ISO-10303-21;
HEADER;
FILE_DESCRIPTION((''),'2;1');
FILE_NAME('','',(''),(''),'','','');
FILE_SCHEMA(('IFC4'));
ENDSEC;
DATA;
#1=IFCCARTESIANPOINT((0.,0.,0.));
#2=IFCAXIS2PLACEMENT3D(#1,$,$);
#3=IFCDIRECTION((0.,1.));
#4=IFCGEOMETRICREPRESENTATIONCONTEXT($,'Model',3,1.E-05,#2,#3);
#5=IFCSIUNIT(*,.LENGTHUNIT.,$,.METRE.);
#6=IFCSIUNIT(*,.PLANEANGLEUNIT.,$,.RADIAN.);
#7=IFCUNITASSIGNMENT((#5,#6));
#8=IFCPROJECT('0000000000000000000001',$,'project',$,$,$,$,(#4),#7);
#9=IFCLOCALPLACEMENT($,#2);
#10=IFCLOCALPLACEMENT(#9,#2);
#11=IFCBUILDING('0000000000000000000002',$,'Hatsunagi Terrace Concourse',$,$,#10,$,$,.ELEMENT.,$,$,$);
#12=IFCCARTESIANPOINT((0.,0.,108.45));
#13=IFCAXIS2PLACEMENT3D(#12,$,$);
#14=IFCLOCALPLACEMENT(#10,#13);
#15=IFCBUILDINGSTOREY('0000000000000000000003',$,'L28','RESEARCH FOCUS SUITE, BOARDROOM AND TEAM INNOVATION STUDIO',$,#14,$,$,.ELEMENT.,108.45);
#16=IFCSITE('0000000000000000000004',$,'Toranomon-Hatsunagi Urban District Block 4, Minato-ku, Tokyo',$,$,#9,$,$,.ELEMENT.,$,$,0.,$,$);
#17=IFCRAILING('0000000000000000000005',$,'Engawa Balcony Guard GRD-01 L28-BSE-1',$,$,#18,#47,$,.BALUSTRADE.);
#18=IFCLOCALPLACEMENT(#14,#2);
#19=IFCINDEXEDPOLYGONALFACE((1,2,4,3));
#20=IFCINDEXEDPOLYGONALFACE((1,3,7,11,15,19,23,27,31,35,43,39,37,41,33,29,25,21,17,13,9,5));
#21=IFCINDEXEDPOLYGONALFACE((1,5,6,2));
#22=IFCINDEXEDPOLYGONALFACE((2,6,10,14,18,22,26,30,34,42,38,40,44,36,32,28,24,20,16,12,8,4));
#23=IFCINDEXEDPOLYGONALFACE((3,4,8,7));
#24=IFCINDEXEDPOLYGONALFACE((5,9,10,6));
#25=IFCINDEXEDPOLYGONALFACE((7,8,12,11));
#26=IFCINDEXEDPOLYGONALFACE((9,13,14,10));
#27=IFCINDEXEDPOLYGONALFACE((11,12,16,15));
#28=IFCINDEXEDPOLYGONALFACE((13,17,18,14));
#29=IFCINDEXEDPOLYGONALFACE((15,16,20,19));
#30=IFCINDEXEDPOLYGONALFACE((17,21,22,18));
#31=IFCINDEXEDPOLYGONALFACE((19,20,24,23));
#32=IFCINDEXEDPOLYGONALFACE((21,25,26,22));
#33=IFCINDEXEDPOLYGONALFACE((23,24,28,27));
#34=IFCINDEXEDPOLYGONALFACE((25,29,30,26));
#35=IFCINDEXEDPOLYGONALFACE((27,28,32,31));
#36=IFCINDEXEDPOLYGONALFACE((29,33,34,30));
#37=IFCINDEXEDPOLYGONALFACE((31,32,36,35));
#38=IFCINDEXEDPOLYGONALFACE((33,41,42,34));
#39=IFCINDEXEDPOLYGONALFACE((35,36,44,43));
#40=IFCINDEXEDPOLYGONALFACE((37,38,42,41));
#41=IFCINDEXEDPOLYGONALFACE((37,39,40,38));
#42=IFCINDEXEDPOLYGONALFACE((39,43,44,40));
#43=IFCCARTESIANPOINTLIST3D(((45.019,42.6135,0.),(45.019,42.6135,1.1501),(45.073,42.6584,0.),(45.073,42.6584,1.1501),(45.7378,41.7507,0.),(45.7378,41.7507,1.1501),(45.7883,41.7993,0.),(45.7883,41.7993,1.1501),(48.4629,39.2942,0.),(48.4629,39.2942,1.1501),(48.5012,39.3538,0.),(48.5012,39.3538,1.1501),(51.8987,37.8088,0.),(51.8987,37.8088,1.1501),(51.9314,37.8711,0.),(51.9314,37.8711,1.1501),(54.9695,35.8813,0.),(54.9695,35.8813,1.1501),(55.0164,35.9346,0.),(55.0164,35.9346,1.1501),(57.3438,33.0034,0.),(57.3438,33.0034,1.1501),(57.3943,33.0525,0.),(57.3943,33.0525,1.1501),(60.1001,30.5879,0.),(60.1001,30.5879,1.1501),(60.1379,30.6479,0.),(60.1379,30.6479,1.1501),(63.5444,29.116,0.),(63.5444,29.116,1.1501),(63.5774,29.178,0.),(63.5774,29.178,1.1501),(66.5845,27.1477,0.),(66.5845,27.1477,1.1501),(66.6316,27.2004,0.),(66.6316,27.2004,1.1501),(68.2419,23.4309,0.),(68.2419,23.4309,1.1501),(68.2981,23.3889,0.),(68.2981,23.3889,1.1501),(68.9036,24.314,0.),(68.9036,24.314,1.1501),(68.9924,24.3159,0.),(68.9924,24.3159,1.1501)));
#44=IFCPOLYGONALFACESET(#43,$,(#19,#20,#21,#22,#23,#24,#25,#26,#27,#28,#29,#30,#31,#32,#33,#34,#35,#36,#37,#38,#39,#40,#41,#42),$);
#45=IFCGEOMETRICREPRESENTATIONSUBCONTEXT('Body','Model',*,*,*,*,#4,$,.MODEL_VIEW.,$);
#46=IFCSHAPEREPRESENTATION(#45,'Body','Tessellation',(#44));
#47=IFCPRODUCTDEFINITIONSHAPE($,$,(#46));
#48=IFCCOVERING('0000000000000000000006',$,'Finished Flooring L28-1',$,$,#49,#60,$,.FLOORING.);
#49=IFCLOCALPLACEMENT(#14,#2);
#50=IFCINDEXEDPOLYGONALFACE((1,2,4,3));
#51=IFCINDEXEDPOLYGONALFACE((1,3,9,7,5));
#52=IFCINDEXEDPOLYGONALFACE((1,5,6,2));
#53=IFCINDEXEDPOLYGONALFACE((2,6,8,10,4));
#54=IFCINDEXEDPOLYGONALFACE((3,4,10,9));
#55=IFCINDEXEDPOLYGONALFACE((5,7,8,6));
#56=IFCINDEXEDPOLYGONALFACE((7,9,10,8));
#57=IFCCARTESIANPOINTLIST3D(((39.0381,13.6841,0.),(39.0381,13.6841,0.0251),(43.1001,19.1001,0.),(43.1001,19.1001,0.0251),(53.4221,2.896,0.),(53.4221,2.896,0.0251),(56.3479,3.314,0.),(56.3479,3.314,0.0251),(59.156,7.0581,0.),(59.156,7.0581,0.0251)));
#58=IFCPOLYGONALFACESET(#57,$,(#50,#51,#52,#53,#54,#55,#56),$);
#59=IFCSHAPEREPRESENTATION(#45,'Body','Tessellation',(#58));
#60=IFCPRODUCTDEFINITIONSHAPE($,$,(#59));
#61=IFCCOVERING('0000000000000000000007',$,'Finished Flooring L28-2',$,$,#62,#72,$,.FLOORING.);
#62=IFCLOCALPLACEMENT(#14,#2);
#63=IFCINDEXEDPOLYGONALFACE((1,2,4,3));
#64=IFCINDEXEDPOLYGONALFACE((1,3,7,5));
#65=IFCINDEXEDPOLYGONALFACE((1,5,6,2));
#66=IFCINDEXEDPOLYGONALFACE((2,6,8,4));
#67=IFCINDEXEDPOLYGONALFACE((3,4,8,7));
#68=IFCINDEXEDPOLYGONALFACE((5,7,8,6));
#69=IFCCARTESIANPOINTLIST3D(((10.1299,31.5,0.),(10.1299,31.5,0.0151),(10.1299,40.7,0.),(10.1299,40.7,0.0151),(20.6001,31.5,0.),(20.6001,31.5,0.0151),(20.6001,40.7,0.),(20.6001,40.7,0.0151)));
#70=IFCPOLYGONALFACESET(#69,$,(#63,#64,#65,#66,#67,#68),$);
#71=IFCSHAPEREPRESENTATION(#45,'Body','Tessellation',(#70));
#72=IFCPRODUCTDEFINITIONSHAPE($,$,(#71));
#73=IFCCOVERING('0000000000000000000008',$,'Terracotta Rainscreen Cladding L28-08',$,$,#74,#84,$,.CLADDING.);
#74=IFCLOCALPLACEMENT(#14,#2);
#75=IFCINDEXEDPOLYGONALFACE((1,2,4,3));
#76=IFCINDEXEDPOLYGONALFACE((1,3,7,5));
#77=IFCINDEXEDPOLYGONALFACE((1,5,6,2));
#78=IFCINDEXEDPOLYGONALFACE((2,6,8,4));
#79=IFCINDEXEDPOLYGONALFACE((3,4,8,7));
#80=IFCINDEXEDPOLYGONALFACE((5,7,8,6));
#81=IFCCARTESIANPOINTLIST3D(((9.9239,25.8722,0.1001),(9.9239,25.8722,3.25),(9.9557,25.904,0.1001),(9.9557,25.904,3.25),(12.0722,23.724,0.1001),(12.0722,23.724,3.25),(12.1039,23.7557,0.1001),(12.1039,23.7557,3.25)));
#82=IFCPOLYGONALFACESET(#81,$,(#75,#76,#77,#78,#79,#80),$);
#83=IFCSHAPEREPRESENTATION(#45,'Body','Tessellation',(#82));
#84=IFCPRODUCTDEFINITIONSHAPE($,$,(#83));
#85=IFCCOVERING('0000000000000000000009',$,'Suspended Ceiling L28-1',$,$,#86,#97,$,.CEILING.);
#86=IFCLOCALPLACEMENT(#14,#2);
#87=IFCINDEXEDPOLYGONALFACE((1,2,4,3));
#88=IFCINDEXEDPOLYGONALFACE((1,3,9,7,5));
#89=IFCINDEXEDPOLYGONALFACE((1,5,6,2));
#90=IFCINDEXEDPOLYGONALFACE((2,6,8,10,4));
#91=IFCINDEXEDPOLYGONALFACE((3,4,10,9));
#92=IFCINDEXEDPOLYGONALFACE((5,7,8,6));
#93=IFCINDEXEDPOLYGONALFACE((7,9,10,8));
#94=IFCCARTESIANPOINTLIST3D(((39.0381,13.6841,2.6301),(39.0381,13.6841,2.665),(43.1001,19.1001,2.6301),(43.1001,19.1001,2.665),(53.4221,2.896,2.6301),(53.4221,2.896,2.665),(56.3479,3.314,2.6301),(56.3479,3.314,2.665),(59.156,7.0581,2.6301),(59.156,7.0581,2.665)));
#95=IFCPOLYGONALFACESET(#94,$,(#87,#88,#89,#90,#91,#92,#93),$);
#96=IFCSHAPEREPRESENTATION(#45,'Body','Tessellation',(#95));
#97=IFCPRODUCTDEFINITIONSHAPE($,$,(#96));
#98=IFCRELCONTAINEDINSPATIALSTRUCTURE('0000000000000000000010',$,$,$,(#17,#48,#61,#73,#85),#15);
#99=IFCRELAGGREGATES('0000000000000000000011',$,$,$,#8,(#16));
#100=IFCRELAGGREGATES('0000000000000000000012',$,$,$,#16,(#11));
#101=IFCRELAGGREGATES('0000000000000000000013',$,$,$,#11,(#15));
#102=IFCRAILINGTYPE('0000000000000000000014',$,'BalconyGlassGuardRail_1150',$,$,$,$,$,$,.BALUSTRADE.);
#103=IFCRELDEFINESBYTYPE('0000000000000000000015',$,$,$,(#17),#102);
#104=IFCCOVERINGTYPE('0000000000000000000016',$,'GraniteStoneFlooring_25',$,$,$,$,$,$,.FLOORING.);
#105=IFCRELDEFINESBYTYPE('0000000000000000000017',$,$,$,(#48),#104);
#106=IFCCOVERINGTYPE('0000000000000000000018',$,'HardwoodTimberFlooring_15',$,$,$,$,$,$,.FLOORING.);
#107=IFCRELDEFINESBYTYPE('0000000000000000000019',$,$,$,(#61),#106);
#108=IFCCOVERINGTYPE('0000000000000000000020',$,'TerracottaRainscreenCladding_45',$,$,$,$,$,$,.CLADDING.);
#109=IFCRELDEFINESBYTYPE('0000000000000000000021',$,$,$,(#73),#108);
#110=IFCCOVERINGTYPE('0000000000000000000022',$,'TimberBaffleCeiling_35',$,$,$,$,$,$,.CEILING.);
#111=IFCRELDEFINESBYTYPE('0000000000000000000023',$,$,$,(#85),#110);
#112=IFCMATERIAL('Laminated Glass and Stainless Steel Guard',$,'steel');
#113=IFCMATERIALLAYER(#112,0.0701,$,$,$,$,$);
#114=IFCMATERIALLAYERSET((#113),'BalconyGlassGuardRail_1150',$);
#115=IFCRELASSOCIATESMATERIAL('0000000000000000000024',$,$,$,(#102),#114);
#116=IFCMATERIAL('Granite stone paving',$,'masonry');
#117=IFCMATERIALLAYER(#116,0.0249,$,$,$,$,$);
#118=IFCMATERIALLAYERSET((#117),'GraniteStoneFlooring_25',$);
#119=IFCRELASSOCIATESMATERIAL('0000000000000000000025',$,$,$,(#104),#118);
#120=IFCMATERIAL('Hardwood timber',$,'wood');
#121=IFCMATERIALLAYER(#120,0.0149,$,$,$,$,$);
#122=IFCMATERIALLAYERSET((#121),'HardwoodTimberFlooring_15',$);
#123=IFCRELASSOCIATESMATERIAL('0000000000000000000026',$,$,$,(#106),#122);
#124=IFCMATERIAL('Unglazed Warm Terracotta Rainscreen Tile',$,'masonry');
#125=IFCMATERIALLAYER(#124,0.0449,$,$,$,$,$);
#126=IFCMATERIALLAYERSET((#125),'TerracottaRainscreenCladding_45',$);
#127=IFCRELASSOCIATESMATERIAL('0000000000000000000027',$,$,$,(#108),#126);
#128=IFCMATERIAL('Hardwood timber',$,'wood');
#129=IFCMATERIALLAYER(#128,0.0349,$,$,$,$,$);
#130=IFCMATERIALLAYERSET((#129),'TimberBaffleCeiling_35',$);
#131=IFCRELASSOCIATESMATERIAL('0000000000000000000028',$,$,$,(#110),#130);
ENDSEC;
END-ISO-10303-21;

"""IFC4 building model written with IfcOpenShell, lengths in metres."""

from ifc_helpers import new_model, si_unit, direction, frame, origin, origin_2d, place, context, subcontext, project, spatial, polyline, rectangle, outline, extrude, material, layer, layer_set, type_object, element, save


model = new_model("IFC4")

# Units and contexts
model_context = context("Model", 3, precision=1e-05, world=origin(), true_north=direction((0.0, 1.0)))
body_context = subcontext(model_context, "Body", "Model", "MODEL_VIEW")
ifc_project = project(units=[si_unit("LENGTHUNIT", "METRE"), si_unit("PLANEANGLEUNIT", "RADIAN")], contexts=[model_context])

# Site, building, storey
site_placement = place(None, origin())
site = spatial("IfcSite", under=ifc_project, at=site_placement, Name="Toranomon-Hatsunagi Urban District Block 4, Minato-ku, Tokyo", CompositionType="ELEMENT", RefElevation=0.0)
building_placement = place(site_placement, origin())
building = spatial("IfcBuilding", under=site, at=building_placement, Name="Hatsunagi Terrace Concourse", CompositionType="ELEMENT")
storey_placement = place(building_placement, frame((0.0, 0.0, 108.45)))
storey = spatial("IfcBuildingStorey", under=building, at=storey_placement, Name="L28", Description="RESEARCH FOCUS SUITE, BOARDROOM AND TEAM INNOVATION STUDIO", CompositionType="ELEMENT", Elevation=108.45)

# Railing
ifc_material_1 = material(Name="Laminated Glass and Stainless Steel Guard", Category="steel")
ifc_layer_1 = layer(ifc_material_1, 0.0701)
ifc_layer_set_1 = layer_set([ifc_layer_1], Name="BalconyGlassGuardRail_1150")
railing_type = type_object("IfcRailingType", Name="BalconyGlassGuardRail_1150", PredefinedType="BALUSTRADE", material=ifc_layer_set_1)
railing_1_placement = place(storey_placement, origin())
element("IfcRailing", 1, at=railing_1_placement, inside=storey, type_object=railing_type, Name="Engawa Balcony Guard GRD-01 L28-BSE-1", PredefinedType="BALUSTRADE", context=body_context, shape_type="SweptSolid", body=[
    extrude(outline(polyline([(45.073, 42.6584), (45.019, 42.6135), (45.7378, 41.7507), (48.4629, 39.2942), (51.8987, 37.8088), (54.9695, 35.8813), (57.3438, 33.0034), (60.1001, 30.5879), (63.5444, 29.116), (66.5845, 27.1477), (68.9036, 24.314), (68.2419, 23.4309), (68.2981, 23.3889), (68.9924, 24.3159), (66.6316, 27.2004), (63.5774, 29.178), (60.1379, 30.6479), (57.3943, 33.0525), (55.0164, 35.9346), (51.9314, 37.8711), (48.5012, 39.3538), (45.7883, 41.7993), (45.073, 42.6584)])), origin(), (0.0, 0.0, 1.0), 1.1501),
])

# Coverings
ifc_material_2 = material(Name="Granite stone paving", Category="masonry")
ifc_layer_2 = layer(ifc_material_2, 0.0249)
ifc_layer_set_2 = layer_set([ifc_layer_2], Name="GraniteStoneFlooring_25")
covering_type_1 = type_object("IfcCoveringType", Name="GraniteStoneFlooring_25", PredefinedType="FLOORING", material=ifc_layer_set_2)
covering_1_placement = place(storey_placement, origin())
element("IfcCovering", 2, at=covering_1_placement, inside=storey, type_object=covering_type_1, Name="Finished Flooring L28-1", PredefinedType="FLOORING", context=body_context, shape_type="SweptSolid", body=[
    extrude(outline(polyline([(56.3479, 3.314), (59.156, 7.0581), (43.1001, 19.1001), (39.0381, 13.6841), (53.4221, 2.896), (56.3479, 3.314)])), origin(), (0.0, 0.0, 1.0), 0.0251),
])
ifc_material_3 = material(Name="Hardwood timber", Category="wood")
ifc_layer_3 = layer(ifc_material_3, 0.0149)
ifc_layer_set_3 = layer_set([ifc_layer_3], Name="HardwoodTimberFlooring_15")
covering_type_2 = type_object("IfcCoveringType", Name="HardwoodTimberFlooring_15", PredefinedType="FLOORING", material=ifc_layer_set_3)
covering_2_placement = place(storey_placement, origin())
element("IfcCovering", 3, at=covering_2_placement, inside=storey, type_object=covering_type_2, Name="Finished Flooring L28-2", PredefinedType="FLOORING", context=body_context, shape_type="SweptSolid", body=[
    extrude(outline(polyline([(10.1299, 31.5), (20.6001, 31.5), (20.6001, 40.7), (10.1299, 40.7), (10.1299, 31.5)])), origin(), (0.0, 0.0, 1.0), 0.0151),
])
ifc_material_4 = material(Name="Unglazed Warm Terracotta Rainscreen Tile", Category="masonry")
ifc_layer_4 = layer(ifc_material_4, 0.0449)
ifc_layer_set_4 = layer_set([ifc_layer_4], Name="TerracottaRainscreenCladding_45")
covering_type_3 = type_object("IfcCoveringType", Name="TerracottaRainscreenCladding_45", PredefinedType="CLADDING", material=ifc_layer_set_4)
covering_3_placement = place(storey_placement, frame((11.0139, 24.814, 0.1001), z_axis=(0.0, 0.0, 1.0), x_axis=(-0.707107, 0.707107, 0.0)))
element("IfcCovering", 4, at=covering_3_placement, inside=storey, type_object=covering_type_3, Name="Terracotta Rainscreen Cladding L28-08", PredefinedType="CLADDING", context=body_context, shape_type="SweptSolid", body=[
    extrude(rectangle(XDim=3.0381, YDim=0.0449, at=origin_2d()), origin(), (0.0, 0.0, 1.0), 3.1499),
])
ifc_material_5 = material(Name="Hardwood timber", Category="wood")
ifc_layer_5 = layer(ifc_material_5, 0.0349)
ifc_layer_set_5 = layer_set([ifc_layer_5], Name="TimberBaffleCeiling_35")
covering_type_4 = type_object("IfcCoveringType", Name="TimberBaffleCeiling_35", PredefinedType="CEILING", material=ifc_layer_set_5)
covering_4_placement = place(storey_placement, frame((0.0, 0.0, 2.6301)))
element("IfcCovering", 5, at=covering_4_placement, inside=storey, type_object=covering_type_4, Name="Suspended Ceiling L28-1", PredefinedType="CEILING", context=body_context, shape_type="SweptSolid", body=[
    extrude(outline(polyline([(56.3479, 3.314), (59.156, 7.0581), (43.1001, 19.1001), (39.0381, 13.6841), (53.4221, 2.896), (56.3479, 3.314)])), origin(), (0.0, 0.0, 1.0), 0.0349),
])

save(model, "model.ifc")
